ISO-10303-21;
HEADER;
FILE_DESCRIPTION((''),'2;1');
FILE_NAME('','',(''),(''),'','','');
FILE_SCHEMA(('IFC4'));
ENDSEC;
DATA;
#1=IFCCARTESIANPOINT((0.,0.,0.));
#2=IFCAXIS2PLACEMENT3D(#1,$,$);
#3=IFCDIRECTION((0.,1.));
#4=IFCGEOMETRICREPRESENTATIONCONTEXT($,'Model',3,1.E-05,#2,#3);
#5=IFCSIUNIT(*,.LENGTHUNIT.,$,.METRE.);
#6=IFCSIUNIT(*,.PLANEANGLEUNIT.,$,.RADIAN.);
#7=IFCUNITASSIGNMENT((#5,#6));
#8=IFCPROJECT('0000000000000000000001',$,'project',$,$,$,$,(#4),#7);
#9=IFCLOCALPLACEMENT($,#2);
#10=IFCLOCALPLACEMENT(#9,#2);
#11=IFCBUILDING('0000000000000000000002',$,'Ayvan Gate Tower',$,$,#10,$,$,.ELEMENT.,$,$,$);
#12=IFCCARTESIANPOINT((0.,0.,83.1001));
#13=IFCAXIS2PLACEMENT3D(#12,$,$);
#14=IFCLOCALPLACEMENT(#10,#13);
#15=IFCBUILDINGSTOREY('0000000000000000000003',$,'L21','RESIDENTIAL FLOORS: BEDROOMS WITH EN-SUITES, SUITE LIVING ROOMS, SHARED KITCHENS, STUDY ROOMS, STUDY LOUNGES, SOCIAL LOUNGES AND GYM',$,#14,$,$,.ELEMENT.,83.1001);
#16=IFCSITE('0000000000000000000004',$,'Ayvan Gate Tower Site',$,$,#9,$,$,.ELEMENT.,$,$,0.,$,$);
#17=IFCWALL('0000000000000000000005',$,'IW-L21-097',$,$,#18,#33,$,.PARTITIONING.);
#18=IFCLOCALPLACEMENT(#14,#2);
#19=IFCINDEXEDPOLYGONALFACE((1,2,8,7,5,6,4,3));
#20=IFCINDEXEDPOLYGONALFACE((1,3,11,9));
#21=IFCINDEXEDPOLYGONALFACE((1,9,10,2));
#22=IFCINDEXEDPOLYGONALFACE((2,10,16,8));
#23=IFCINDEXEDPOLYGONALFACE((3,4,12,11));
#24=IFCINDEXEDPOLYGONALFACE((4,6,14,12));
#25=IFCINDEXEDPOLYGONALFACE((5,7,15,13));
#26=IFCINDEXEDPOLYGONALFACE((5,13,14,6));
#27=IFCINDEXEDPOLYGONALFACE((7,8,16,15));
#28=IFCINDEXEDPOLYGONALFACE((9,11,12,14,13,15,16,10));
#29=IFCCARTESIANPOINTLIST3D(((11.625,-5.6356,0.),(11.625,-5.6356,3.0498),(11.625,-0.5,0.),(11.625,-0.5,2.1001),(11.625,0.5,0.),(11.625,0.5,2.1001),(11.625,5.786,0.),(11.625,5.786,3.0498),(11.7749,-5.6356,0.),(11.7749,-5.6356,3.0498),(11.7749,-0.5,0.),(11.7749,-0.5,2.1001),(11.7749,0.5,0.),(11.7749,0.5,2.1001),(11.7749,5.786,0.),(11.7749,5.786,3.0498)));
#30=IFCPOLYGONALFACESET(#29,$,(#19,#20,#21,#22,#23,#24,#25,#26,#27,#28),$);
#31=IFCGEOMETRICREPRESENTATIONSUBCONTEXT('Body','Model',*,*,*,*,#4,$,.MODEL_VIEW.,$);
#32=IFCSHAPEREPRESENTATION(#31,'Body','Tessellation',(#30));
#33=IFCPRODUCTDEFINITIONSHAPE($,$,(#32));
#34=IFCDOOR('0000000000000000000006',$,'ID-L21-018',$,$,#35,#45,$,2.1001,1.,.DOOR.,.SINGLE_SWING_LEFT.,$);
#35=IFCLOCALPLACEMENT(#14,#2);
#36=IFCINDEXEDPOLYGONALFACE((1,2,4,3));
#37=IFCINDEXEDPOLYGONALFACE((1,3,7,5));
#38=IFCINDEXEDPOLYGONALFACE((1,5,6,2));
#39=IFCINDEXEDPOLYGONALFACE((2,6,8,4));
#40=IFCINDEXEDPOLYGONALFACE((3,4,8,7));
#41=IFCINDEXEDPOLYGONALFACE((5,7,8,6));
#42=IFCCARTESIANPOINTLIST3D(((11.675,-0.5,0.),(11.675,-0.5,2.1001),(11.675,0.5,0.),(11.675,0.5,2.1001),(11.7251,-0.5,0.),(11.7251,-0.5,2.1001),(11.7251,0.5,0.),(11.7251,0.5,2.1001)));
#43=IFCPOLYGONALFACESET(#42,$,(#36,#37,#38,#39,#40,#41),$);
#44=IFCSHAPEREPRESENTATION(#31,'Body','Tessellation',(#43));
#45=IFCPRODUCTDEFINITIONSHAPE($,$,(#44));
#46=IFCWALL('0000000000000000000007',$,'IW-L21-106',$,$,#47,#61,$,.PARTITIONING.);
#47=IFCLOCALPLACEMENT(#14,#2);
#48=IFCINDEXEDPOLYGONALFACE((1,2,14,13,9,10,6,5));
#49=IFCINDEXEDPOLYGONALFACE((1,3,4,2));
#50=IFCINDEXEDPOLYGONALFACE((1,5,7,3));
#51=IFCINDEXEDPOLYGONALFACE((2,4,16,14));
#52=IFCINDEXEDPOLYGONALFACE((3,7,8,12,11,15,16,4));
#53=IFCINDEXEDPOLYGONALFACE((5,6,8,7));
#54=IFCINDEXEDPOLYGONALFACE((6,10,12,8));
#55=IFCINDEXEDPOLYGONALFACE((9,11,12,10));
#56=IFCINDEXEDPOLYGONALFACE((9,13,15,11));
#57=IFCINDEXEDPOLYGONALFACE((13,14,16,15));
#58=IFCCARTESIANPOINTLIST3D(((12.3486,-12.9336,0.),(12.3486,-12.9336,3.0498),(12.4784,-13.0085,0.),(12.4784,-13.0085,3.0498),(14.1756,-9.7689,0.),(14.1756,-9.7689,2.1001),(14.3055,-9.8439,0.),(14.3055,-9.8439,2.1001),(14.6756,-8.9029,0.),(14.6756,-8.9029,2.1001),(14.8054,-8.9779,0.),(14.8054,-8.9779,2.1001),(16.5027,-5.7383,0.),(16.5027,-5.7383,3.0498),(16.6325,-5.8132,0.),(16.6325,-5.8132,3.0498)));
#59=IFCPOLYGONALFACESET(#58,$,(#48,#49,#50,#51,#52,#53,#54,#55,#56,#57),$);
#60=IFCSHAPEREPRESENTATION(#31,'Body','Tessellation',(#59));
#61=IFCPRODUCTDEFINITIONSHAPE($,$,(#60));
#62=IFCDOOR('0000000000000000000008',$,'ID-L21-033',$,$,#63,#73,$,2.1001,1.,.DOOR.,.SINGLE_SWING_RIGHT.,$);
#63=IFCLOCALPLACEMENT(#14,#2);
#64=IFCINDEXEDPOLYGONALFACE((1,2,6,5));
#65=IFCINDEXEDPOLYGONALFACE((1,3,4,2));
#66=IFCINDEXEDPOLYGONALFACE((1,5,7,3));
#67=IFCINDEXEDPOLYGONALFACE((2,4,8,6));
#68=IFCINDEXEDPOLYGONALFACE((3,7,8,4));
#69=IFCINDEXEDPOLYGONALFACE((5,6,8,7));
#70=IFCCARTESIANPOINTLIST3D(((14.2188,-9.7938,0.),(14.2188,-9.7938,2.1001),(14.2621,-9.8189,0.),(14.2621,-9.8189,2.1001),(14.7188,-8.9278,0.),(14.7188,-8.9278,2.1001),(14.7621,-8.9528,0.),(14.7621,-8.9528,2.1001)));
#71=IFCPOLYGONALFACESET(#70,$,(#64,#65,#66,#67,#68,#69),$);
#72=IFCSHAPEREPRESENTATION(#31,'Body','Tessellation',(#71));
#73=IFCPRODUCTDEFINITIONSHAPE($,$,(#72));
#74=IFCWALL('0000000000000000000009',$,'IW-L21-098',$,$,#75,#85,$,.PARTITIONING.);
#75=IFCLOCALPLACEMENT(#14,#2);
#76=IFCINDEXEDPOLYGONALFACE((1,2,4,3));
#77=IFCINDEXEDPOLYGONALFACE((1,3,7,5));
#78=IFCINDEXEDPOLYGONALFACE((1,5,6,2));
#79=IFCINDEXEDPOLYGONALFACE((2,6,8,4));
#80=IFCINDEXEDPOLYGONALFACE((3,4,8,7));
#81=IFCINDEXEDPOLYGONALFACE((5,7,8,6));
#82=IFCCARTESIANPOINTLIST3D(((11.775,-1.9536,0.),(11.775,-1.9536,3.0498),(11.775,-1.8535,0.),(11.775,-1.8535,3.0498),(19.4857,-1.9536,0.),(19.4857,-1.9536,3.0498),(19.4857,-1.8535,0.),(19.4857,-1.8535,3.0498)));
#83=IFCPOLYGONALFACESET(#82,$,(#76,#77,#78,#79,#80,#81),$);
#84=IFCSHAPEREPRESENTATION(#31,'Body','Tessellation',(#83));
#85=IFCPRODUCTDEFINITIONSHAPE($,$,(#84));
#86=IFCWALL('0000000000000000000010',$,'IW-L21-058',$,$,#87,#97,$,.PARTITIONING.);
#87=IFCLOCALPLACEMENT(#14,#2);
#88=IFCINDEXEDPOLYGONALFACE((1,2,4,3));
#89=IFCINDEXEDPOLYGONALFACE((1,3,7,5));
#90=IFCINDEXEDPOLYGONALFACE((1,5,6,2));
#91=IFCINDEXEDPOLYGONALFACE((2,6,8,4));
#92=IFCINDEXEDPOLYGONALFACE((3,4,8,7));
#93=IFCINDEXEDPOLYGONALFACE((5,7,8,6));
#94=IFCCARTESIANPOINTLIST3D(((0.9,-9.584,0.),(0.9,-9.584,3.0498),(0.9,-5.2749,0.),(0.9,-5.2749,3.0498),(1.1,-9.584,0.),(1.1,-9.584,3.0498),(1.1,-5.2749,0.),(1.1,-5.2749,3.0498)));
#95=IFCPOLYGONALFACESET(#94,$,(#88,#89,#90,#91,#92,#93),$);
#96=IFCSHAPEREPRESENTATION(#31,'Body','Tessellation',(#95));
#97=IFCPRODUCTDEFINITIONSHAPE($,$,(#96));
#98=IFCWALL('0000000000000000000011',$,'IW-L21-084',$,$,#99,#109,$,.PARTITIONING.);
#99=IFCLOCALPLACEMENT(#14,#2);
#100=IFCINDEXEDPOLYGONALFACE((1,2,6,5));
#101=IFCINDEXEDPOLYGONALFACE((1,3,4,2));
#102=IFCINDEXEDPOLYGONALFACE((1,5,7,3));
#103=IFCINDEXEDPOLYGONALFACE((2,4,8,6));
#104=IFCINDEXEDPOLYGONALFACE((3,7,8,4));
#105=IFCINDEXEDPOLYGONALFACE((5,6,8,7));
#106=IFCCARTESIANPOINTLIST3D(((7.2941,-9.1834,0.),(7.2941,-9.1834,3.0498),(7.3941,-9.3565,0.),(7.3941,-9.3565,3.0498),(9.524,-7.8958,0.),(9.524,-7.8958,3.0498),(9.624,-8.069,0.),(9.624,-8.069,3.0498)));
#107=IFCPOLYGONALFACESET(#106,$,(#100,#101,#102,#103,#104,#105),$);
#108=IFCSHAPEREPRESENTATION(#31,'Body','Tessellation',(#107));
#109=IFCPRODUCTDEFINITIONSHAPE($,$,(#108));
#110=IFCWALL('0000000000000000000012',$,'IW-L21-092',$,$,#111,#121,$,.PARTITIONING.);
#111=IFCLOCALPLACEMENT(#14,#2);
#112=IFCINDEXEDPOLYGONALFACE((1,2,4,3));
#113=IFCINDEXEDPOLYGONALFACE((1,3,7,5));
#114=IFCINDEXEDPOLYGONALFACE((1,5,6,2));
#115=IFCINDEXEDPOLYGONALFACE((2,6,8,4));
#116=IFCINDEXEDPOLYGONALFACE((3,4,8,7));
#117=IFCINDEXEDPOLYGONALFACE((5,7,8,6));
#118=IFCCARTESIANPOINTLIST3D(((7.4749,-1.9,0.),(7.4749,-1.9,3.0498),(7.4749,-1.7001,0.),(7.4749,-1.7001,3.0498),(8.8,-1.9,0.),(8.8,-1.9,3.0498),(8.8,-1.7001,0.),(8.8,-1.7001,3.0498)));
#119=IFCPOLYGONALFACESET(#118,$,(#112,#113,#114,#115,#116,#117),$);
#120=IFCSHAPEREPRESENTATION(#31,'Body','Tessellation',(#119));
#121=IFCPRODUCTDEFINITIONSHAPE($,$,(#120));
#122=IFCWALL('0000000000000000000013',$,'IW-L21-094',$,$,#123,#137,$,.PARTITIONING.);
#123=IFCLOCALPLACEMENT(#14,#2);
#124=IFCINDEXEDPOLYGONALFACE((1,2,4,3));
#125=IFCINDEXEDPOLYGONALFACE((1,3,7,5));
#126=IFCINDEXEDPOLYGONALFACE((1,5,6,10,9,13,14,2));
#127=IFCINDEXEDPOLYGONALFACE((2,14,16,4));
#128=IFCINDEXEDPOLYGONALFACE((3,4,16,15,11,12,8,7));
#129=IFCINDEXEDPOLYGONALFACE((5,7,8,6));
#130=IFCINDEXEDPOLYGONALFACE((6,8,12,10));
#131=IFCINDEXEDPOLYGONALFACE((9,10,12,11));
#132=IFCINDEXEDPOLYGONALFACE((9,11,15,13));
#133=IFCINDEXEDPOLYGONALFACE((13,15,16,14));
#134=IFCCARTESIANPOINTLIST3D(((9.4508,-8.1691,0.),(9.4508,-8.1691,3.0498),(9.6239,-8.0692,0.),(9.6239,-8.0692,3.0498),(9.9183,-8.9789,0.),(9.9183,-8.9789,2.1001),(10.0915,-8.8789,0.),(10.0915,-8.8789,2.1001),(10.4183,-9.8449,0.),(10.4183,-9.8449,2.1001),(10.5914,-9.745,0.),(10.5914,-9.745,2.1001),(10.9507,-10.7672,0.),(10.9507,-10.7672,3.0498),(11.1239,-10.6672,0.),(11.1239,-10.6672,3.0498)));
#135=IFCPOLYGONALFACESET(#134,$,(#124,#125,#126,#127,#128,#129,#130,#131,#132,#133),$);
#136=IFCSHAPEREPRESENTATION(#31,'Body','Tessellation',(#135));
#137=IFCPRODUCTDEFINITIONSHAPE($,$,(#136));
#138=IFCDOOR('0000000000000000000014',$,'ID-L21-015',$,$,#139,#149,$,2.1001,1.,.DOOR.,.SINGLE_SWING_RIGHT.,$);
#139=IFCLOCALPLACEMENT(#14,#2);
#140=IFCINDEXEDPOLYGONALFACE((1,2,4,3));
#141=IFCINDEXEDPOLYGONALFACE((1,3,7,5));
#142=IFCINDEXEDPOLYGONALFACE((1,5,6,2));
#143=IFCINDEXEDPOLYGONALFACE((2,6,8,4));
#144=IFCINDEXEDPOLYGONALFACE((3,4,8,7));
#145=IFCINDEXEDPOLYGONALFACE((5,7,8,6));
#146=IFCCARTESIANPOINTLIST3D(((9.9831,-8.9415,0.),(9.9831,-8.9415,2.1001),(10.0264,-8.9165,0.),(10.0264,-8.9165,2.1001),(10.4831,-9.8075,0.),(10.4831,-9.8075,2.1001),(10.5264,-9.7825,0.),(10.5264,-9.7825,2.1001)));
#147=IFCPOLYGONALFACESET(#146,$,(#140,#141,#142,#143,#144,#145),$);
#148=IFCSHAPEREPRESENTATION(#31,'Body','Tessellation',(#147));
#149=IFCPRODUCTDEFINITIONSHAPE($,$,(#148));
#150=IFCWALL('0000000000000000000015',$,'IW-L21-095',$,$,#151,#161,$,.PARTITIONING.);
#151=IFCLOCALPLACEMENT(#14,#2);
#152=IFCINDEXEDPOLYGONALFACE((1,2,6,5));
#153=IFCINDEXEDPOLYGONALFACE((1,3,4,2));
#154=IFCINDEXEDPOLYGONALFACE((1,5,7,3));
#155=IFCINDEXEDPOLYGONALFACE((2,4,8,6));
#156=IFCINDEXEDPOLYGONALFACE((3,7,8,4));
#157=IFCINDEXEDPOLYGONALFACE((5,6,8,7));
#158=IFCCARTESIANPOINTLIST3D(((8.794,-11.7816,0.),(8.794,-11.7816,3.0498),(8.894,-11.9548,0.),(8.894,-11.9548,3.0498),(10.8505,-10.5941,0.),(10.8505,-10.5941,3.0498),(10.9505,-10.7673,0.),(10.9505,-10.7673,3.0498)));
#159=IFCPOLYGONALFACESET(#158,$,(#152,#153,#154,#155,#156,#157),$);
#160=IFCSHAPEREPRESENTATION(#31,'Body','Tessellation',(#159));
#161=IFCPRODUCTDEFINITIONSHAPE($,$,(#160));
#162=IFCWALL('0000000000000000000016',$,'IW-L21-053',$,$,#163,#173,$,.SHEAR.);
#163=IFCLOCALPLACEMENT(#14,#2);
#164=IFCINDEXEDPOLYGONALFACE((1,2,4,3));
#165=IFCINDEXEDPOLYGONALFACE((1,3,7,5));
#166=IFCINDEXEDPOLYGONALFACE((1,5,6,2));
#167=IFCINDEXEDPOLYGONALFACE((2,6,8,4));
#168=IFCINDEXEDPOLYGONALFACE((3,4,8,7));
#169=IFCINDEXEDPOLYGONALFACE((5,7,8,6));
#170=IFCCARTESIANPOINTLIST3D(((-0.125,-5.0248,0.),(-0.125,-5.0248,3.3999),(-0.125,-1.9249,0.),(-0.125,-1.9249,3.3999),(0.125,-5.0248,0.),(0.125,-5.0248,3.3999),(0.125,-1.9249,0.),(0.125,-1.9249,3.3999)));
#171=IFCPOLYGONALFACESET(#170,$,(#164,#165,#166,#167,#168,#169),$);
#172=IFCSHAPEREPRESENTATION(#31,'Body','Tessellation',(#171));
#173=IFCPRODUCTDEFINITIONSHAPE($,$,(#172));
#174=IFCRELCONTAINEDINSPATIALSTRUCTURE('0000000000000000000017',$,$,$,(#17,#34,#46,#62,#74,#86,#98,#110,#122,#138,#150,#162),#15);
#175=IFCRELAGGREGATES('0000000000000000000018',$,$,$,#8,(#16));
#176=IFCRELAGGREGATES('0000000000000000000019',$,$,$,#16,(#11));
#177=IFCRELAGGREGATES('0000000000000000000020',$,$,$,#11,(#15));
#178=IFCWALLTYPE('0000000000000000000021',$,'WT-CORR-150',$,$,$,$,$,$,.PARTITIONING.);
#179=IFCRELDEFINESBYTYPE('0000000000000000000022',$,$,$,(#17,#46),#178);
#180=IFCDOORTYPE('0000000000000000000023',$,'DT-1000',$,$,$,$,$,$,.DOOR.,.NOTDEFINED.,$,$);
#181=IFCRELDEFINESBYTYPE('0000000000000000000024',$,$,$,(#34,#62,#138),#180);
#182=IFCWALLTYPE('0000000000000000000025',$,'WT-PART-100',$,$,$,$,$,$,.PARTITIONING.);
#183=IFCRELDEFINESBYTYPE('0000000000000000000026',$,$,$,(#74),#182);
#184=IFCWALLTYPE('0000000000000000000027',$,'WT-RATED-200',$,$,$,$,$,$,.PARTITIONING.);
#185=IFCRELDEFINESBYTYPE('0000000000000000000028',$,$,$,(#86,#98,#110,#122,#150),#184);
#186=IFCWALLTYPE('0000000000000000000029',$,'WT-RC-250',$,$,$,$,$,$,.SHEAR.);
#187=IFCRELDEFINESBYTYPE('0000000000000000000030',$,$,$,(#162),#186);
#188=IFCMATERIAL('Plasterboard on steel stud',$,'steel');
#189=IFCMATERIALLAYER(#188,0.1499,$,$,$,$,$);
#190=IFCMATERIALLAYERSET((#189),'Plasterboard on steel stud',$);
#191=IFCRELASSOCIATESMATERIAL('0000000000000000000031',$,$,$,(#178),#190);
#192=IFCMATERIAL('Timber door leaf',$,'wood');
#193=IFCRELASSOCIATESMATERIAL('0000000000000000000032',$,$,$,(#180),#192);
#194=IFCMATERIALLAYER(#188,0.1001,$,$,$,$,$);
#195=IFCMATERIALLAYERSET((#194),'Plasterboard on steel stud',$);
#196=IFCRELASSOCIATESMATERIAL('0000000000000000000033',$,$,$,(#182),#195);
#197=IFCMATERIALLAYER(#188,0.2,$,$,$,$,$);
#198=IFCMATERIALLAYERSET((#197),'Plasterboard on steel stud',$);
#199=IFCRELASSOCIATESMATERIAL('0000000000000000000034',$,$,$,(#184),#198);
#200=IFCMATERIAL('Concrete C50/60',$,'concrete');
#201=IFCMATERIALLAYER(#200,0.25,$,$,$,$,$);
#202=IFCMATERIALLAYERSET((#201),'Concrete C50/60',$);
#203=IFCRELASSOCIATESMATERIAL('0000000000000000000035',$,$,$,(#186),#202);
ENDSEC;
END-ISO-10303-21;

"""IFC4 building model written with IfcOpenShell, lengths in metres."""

from ifc_helpers import new_model, si_unit, direction, frame, frame_2d, origin, place, context, subcontext, project, spatial, rectangle, extrude, material, layer, layer_set, type_object, element, fill, save


model = new_model("IFC4")

# Units and contexts
model_context = context("Model", 3, precision=1e-05, world=origin(), true_north=direction((0.0, 1.0)))
body_context = subcontext(model_context, "Body", "Model", "MODEL_VIEW")
ifc_project = project(units=[si_unit("LENGTHUNIT", "METRE"), si_unit("PLANEANGLEUNIT", "RADIAN")], contexts=[model_context])

# Site, building, storey
site_placement = place(None, origin())
site = spatial("IfcSite", under=ifc_project, at=site_placement, Name="Ayvan Gate Tower Site", CompositionType="ELEMENT", RefElevation=0.0)
building_placement = place(site_placement, origin())
building = spatial("IfcBuilding", under=site, at=building_placement, Name="Ayvan Gate Tower", CompositionType="ELEMENT")
storey_placement = place(building_placement, frame((0.0, 0.0, 83.1001)))
storey = spatial("IfcBuildingStorey", under=building, at=storey_placement, Name="L21", Description="RESIDENTIAL FLOORS: BEDROOMS WITH EN-SUITES, SUITE LIVING ROOMS, SHARED KITCHENS, STUDY ROOMS, STUDY LOUNGES, SOCIAL LOUNGES AND GYM", CompositionType="ELEMENT", Elevation=83.1001)

# Walls, openings, doors
ifc_material_1 = material(Name="Timber door leaf", Category="wood")
ifc_material_2 = material(Name="Plasterboard on steel stud", Category="steel")
ifc_layer_1 = layer(ifc_material_2, 0.1499)
ifc_layer_set_1 = layer_set([ifc_layer_1], Name="Plasterboard on steel stud")
wall_type_1 = type_object("IfcWallType", Name="WT-CORR-150", PredefinedType="PARTITIONING", material=ifc_layer_set_1)
door_type_1 = type_object("IfcDoorType", Name="DT-1000", OperationType="NOTDEFINED", PredefinedType="DOOR", material=ifc_material_1)
wall_1_placement = place(storey_placement, frame((11.7, -5.6357, 0.0), z_axis=(0.0, 0.0, 1.0), x_axis=(0.0, 1.0, 0.0)))
wall_1 = element("IfcWall", 1, at=wall_1_placement, inside=storey, type_object=wall_type_1, Name="IW-L21-097", PredefinedType="PARTITIONING", context=body_context, shape_type="SweptSolid", body=[
    extrude(rectangle(XDim=11.4216, YDim=0.1499, at=frame_2d((5.7109, 0.0))), origin(), (0.0, 0.0, 1.0), 3.0498),
])
opening_1_placement = place(wall_1_placement, frame((5.1357, 0.0, 0.0)))
opening_1 = element("IfcOpeningElement", 2, at=opening_1_placement, cuts=wall_1, PredefinedType="OPENING", context=body_context, shape_type="SweptSolid", body=[
    extrude(rectangle(XDim=1.0, YDim=2.1001, at=frame_2d((0.5, 1.05))), frame((0.0, 0.085, 0.0), z_axis=(0.0, -1.0, 0.0), x_axis=(1.0, 0.0, 0.0)), (0.0, 0.0, 1.0), 0.1699),
])
door_1_placement = place(opening_1_placement, origin())
door_1 = element("IfcDoor", 3, at=door_1_placement, inside=storey, type_object=door_type_1, Name="ID-L21-018", OperationType="SINGLE_SWING_LEFT", OverallHeight=2.1001, OverallWidth=1.0, PredefinedType="DOOR", context=body_context, shape_type="SweptSolid", body=[
    extrude(rectangle(XDim=1.0, YDim=2.1001, at=frame_2d((0.5, 1.05))), frame((0.0, 0.0249, 0.0), z_axis=(0.0, -1.0, 0.0), x_axis=(1.0, 0.0, 0.0)), (0.0, 0.0, 1.0), 0.05),
])
fill(opening_1, door_1)
wall_2_placement = place(storey_placement, frame((16.5676, -5.7756, 0.0), z_axis=(0.0, 0.0, 1.0), x_axis=(-0.499985, -0.866034, 0.0)))
wall_2 = element("IfcWall", 4, at=wall_2_placement, inside=storey, type_object=wall_type_1, Name="IW-L21-106", PredefinedType="PARTITIONING", context=body_context, shape_type="SweptSolid", body=[
    extrude(rectangle(XDim=8.3083, YDim=0.1499, at=frame_2d((4.1543, 0.0))), origin(), (0.0, 0.0, 1.0), 3.0498),
])
opening_2_placement = place(wall_2_placement, frame((3.6543, 0.0, 0.0)))
opening_2 = element("IfcOpeningElement", 5, at=opening_2_placement, cuts=wall_2, PredefinedType="OPENING", context=body_context, shape_type="SweptSolid", body=[
    extrude(rectangle(XDim=1.0, YDim=2.1001, at=frame_2d((0.5, 1.05))), frame((0.0, 0.085, 0.0), z_axis=(0.0, -1.0, 0.0), x_axis=(1.0, 0.0, 0.0)), (0.0, 0.0, 1.0), 0.1699),
])
door_2_placement = place(opening_2_placement, origin())
door_2 = element("IfcDoor", 6, at=door_2_placement, inside=storey, type_object=door_type_1, Name="ID-L21-033", OperationType="SINGLE_SWING_RIGHT", OverallHeight=2.1001, OverallWidth=1.0, PredefinedType="DOOR", context=body_context, shape_type="SweptSolid", body=[
    extrude(rectangle(XDim=1.0, YDim=2.1001, at=frame_2d((0.5, 1.05))), frame((0.0, 0.0249, 0.0), z_axis=(0.0, -1.0, 0.0), x_axis=(1.0, 0.0, 0.0)), (0.0, 0.0, 1.0), 0.05),
])
fill(opening_2, door_2)

# Walls
ifc_layer_2 = layer(ifc_material_2, 0.1001)
ifc_layer_set_2 = layer_set([ifc_layer_2], Name="Plasterboard on steel stud")
wall_type_2 = type_object("IfcWallType", Name="WT-PART-100", PredefinedType="PARTITIONING", material=ifc_layer_set_2)
wall_3_placement = place(storey_placement, frame((11.7749, -1.9036, 0.0), z_axis=(0.0, 0.0, 1.0), x_axis=(1.0, 0.0, 0.0)))
element("IfcWall", 7, at=wall_3_placement, inside=storey, type_object=wall_type_2, Name="IW-L21-098", PredefinedType="PARTITIONING", context=body_context, shape_type="SweptSolid", body=[
    extrude(rectangle(XDim=7.7107, YDim=0.1001, at=frame_2d((3.8555, 0.0))), origin(), (0.0, 0.0, 1.0), 3.0498),
])
ifc_layer_3 = layer(ifc_material_2, 0.2)
ifc_layer_set_3 = layer_set([ifc_layer_3], Name="Plasterboard on steel stud")
wall_type_3 = type_object("IfcWallType", Name="WT-RATED-200", PredefinedType="PARTITIONING", material=ifc_layer_set_3)
wall_4_placement = place(storey_placement, frame((1.0, -5.2749, 0.0), z_axis=(0.0, 0.0, 1.0), x_axis=(0.0, -1.0, 0.0)))
element("IfcWall", 8, at=wall_4_placement, inside=storey, type_object=wall_type_3, Name="IW-L21-058", PredefinedType="PARTITIONING", context=body_context, shape_type="SweptSolid", body=[
    extrude(rectangle(XDim=4.3091, YDim=0.2, at=frame_2d((2.1545, 0.0))), origin(), (0.0, 0.0, 1.0), 3.0498),
])
wall_5_placement = place(storey_placement, frame((7.344, -9.27, 0.0), z_axis=(0.0, 0.0, 1.0), x_axis=(0.866006, 0.500034, 0.0)))
element("IfcWall", 9, at=wall_5_placement, inside=storey, type_object=wall_type_3, Name="IW-L21-084", PredefinedType="PARTITIONING", context=body_context, shape_type="SweptSolid", body=[
    extrude(rectangle(XDim=2.575, YDim=0.2, at=frame_2d((1.2876, 0.0))), origin(), (0.0, 0.0, 1.0), 3.0498),
])
wall_6_placement = place(storey_placement, frame((8.8, -1.8, 0.0), z_axis=(0.0, 0.0, 1.0), x_axis=(-1.0, 0.0, 0.0)))
element("IfcWall", 10, at=wall_6_placement, inside=storey, type_object=wall_type_3, Name="IW-L21-092", PredefinedType="PARTITIONING", context=body_context, shape_type="SweptSolid", body=[
    extrude(rectangle(XDim=1.3252, YDim=0.2, at=frame_2d((0.6626, 0.0))), origin(), (0.0, 0.0, 1.0), 3.0498),
])

# Wall, opening, door
wall_7_placement = place(storey_placement, frame((9.5374, -8.1191, 0.0), z_axis=(0.0, 0.0, 1.0), x_axis=(0.49999, -0.866031, 0.0)))
wall_7 = element("IfcWall", 11, at=wall_7_placement, inside=storey, type_object=wall_type_3, Name="IW-L21-094", PredefinedType="PARTITIONING", context=body_context, shape_type="SweptSolid", body=[
    extrude(rectangle(XDim=3.0, YDim=0.2, at=frame_2d((1.5, 0.0))), origin(), (0.0, 0.0, 1.0), 3.0498),
])
opening_3_placement = place(wall_7_placement, frame((0.9351, 0.0, 0.0)))
opening_3 = element("IfcOpeningElement", 12, at=opening_3_placement, cuts=wall_7, PredefinedType="OPENING", context=body_context, shape_type="SweptSolid", body=[
    extrude(rectangle(XDim=1.0, YDim=2.1001, at=frame_2d((0.5, 1.05))), frame((0.0, 0.1099, 0.0), z_axis=(0.0, -1.0, 0.0), x_axis=(1.0, 0.0, 0.0)), (0.0, 0.0, 1.0), 0.22),
])
door_3_placement = place(opening_3_placement, origin())
door_3 = element("IfcDoor", 13, at=door_3_placement, inside=storey, type_object=door_type_1, Name="ID-L21-015", OperationType="SINGLE_SWING_RIGHT", OverallHeight=2.1001, OverallWidth=1.0, PredefinedType="DOOR", context=body_context, shape_type="SweptSolid", body=[
    extrude(rectangle(XDim=1.0, YDim=2.1001, at=frame_2d((0.5, 1.05))), frame((0.0, 0.0249, 0.0), z_axis=(0.0, -1.0, 0.0), x_axis=(1.0, 0.0, 0.0)), (0.0, 0.0, 1.0), 0.05),
])
fill(opening_3, door_3)

# Walls
wall_8_placement = place(storey_placement, frame((10.9006, -10.6807, 0.0), z_axis=(0.0, 0.0, 1.0), x_axis=(-0.866008, -0.500031, 0.0)))
element("IfcWall", 14, at=wall_8_placement, inside=storey, type_object=wall_type_3, Name="IW-L21-095", PredefinedType="PARTITIONING", context=body_context, shape_type="SweptSolid", body=[
    extrude(rectangle(XDim=2.3748, YDim=0.2, at=frame_2d((1.1875, 0.0))), origin(), (0.0, 0.0, 1.0), 3.0498),
])
ifc_material_3 = material(Name="Concrete C50/60", Category="concrete")
ifc_layer_4 = layer(ifc_material_3, 0.25)
ifc_layer_set_4 = layer_set([ifc_layer_4], Name="Concrete C50/60")
wall_type_4 = type_object("IfcWallType", Name="WT-RC-250", PredefinedType="SHEAR", material=ifc_layer_set_4)
wall_9_placement = place(storey_placement, frame((0.0, -1.925, 0.0), z_axis=(0.0, 0.0, 1.0), x_axis=(0.0, -1.0, 0.0)))
element("IfcWall", 15, at=wall_9_placement, inside=storey, type_object=wall_type_4, Name="IW-L21-053", PredefinedType="SHEAR", context=body_context, shape_type="SweptSolid", body=[
    extrude(rectangle(XDim=3.0999, YDim=0.25, at=frame_2d((1.5498, 0.0))), origin(), (0.0, 0.0, 1.0), 3.3999),
])

save(model, "model.ifc")
